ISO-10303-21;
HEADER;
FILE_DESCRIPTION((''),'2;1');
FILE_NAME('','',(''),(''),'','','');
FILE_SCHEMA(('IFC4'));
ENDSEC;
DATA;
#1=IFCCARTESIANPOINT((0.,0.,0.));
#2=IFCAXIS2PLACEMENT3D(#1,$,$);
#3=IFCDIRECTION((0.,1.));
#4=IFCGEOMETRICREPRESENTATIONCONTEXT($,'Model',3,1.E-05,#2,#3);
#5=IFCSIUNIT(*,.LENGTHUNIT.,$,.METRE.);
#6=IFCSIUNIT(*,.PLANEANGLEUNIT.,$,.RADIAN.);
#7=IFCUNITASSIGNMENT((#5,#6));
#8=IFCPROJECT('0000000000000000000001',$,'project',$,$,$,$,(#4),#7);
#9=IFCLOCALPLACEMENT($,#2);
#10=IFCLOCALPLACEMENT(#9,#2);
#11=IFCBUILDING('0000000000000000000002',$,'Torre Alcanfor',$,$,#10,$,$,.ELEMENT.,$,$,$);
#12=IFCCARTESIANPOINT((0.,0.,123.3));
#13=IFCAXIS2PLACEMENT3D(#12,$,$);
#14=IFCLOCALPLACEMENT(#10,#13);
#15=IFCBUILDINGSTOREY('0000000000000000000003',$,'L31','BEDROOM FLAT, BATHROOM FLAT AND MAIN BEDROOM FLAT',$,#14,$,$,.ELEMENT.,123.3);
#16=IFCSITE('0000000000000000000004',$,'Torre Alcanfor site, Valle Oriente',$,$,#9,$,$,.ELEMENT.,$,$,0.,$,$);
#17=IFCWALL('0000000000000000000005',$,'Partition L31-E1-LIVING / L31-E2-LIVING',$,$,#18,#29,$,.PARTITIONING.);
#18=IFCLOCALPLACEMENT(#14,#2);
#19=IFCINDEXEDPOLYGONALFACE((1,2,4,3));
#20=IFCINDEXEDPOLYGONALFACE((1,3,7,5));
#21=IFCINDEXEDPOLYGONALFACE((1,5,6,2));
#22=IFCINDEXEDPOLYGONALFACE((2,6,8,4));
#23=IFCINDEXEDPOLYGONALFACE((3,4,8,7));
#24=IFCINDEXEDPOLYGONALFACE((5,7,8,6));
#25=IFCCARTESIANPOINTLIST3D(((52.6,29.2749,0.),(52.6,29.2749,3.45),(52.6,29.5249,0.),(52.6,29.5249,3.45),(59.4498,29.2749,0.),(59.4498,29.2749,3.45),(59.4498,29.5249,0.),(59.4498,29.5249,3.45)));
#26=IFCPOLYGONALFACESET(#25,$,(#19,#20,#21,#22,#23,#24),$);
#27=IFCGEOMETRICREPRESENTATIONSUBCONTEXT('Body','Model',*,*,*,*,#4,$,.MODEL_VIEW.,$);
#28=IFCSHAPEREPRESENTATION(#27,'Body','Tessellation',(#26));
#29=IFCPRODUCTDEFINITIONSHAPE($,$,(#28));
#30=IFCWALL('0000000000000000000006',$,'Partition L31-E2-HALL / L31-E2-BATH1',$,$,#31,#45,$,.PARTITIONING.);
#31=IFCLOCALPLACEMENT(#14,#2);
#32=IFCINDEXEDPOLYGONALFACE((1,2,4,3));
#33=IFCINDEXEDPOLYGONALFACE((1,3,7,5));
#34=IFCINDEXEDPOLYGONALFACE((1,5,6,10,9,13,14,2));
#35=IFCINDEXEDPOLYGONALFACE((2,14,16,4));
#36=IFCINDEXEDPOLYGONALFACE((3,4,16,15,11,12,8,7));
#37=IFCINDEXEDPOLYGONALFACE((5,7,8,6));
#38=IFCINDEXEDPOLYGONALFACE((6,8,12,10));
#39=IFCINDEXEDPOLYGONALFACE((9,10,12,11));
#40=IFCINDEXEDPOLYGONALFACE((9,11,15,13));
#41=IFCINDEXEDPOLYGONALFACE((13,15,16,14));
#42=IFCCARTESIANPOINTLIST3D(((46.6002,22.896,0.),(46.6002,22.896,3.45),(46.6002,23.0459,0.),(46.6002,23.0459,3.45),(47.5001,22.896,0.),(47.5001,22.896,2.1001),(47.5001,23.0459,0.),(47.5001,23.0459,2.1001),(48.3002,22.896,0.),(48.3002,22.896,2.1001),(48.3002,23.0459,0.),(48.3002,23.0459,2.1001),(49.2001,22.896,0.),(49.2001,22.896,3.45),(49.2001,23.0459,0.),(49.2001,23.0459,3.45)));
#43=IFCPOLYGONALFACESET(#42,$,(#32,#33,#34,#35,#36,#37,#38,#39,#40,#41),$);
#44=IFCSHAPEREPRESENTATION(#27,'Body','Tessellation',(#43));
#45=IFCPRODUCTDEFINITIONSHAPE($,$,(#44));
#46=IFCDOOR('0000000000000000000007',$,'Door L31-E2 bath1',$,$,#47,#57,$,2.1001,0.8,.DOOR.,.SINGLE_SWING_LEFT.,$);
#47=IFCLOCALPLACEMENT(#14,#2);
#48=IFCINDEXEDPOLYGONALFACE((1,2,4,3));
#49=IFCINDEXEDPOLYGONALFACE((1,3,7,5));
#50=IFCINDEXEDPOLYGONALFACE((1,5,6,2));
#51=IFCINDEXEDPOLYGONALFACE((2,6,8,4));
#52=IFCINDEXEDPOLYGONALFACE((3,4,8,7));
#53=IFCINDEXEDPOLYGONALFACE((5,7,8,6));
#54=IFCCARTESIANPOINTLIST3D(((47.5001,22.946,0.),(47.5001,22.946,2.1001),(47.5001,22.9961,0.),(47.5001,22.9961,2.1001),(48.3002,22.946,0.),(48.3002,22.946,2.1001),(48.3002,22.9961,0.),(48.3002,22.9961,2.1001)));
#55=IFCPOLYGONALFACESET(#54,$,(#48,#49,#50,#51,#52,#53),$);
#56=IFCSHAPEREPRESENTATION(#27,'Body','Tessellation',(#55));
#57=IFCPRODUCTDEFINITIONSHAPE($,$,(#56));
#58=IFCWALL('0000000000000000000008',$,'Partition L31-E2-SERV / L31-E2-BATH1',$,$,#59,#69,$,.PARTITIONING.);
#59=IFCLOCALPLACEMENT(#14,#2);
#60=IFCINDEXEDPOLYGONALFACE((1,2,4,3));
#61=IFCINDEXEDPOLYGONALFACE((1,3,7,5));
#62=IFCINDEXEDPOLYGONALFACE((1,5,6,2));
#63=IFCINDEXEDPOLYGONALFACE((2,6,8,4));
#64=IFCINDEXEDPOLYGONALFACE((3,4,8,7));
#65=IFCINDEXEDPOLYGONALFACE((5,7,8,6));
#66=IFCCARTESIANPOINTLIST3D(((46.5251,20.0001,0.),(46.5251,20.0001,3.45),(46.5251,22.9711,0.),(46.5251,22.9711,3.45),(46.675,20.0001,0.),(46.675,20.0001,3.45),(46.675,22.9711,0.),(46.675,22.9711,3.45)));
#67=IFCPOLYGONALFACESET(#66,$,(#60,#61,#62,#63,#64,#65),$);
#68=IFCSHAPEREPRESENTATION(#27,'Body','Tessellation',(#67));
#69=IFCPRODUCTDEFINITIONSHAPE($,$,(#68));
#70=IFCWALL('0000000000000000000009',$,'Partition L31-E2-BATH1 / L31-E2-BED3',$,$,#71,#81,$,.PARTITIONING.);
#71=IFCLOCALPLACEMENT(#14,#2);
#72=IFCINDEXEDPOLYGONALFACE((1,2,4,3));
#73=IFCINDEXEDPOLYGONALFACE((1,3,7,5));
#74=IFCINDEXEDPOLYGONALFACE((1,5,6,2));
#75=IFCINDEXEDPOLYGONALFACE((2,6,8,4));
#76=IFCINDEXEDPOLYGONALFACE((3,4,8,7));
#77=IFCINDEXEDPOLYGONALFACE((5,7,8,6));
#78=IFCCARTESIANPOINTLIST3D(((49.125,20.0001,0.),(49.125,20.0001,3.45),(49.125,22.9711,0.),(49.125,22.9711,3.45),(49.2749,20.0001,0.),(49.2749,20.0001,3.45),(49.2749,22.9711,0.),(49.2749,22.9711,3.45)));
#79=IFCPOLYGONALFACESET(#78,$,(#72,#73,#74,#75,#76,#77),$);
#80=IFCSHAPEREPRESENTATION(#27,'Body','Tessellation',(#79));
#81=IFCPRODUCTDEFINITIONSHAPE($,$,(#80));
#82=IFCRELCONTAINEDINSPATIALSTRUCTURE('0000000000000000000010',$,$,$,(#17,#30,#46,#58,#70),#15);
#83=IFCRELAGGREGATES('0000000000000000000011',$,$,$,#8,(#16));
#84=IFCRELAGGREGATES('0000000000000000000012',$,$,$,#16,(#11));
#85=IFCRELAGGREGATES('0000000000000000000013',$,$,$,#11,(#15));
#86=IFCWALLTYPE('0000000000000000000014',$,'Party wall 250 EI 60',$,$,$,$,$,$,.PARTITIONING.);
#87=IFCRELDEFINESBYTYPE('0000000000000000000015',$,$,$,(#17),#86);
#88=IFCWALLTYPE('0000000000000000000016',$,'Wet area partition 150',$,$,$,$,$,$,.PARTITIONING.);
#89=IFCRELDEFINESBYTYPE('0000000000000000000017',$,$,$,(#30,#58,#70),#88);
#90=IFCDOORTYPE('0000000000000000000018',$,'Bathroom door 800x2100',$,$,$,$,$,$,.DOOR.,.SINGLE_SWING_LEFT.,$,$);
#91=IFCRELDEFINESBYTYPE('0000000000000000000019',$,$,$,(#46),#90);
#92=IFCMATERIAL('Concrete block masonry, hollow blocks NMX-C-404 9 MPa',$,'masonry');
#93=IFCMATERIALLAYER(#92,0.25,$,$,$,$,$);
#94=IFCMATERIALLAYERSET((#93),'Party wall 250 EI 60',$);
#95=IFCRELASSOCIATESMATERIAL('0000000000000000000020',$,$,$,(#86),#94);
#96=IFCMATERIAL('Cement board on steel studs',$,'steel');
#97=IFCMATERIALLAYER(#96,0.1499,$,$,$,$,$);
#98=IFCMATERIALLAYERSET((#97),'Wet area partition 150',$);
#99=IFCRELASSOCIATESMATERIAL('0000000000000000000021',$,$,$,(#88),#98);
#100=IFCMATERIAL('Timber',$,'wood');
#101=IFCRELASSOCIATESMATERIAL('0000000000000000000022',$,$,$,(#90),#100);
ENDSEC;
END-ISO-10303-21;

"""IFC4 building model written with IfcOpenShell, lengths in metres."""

from ifc_helpers import new_model, si_unit, direction, frame, frame_2d, origin, place, context, subcontext, project, spatial, rectangle, extrude, material, layer, layer_set, type_object, element, fill, save


model = new_model("IFC4")

# Units and contexts
model_context = context("Model", 3, precision=1e-05, world=origin(), true_north=direction((0.0, 1.0)))
body_context = subcontext(model_context, "Body", "Model", "MODEL_VIEW")
ifc_project = project(units=[si_unit("LENGTHUNIT", "METRE"), si_unit("PLANEANGLEUNIT", "RADIAN")], contexts=[model_context])

# Site, building, storey
site_placement = place(None, origin())
site = spatial("IfcSite", under=ifc_project, at=site_placement, Name="Torre Alcanfor site, Valle Oriente", CompositionType="ELEMENT", RefElevation=0.0)
building_placement = place(site_placement, origin())
building = spatial("IfcBuilding", under=site, at=building_placement, Name="Torre Alcanfor", CompositionType="ELEMENT")
storey_placement = place(building_placement, frame((0.0, 0.0, 123.3)))
storey = spatial("IfcBuildingStorey", under=building, at=storey_placement, Name="L31", Description="BEDROOM FLAT, BATHROOM FLAT AND MAIN BEDROOM FLAT", CompositionType="ELEMENT", Elevation=123.3)

# Wall
ifc_material_1 = material(Name="Concrete block masonry, hollow blocks NMX-C-404 9 MPa", Category="masonry")
ifc_layer_1 = layer(ifc_material_1, 0.25)
ifc_layer_set_1 = layer_set([ifc_layer_1], Name="Party wall 250 EI 60")
wall_type_1 = type_object("IfcWallType", Name="Party wall 250 EI 60", PredefinedType="PARTITIONING", material=ifc_layer_set_1)
wall_1_placement = place(storey_placement, frame((52.6001, 29.3999, 0.0), z_axis=(0.0, 0.0, 1.0), x_axis=(1.0, 0.0, 0.0)))
element("IfcWall", 1, at=wall_1_placement, inside=storey, type_object=wall_type_1, Name="Partition L31-E1-LIVING / L31-E2-LIVING", PredefinedType="PARTITIONING", context=body_context, shape_type="SweptSolid", body=[
    extrude(rectangle(XDim=6.8499, YDim=0.25, at=frame_2d((3.4248, 0.0))), origin(), (0.0, 0.0, 1.0), 3.45),
])

# Wall, opening, door
ifc_material_2 = material(Name="Cement board on steel studs", Category="steel")
ifc_layer_2 = layer(ifc_material_2, 0.1499)
ifc_layer_set_2 = layer_set([ifc_layer_2], Name="Wet area partition 150")
wall_type_2 = type_object("IfcWallType", Name="Wet area partition 150", PredefinedType="PARTITIONING", material=ifc_layer_set_2)
wall_2_placement = place(storey_placement, frame((49.2, 22.9709, 0.0), z_axis=(0.0, 0.0, 1.0), x_axis=(-1.0, 0.0, 0.0)))
wall_2 = element("IfcWall", 2, at=wall_2_placement, inside=storey, type_object=wall_type_2, Name="Partition L31-E2-HALL / L31-E2-BATH1", PredefinedType="PARTITIONING", context=body_context, shape_type="SweptSolid", body=[
    extrude(rectangle(XDim=2.5999, YDim=0.1499, at=frame_2d((1.2998, 0.0))), origin(), (0.0, 0.0, 1.0), 3.45),
])
opening_1_placement = place(wall_2_placement, frame((0.8999, 0.0, 0.0)))
opening_1 = element("IfcOpeningElement", 3, at=opening_1_placement, cuts=wall_2, PredefinedType="OPENING", context=body_context, shape_type="SweptSolid", body=[
    extrude(rectangle(XDim=0.8, YDim=2.1001, at=frame_2d((0.3999, 1.05))), frame((0.0, 0.085, 0.0), z_axis=(0.0, -1.0, 0.0), x_axis=(1.0, 0.0, 0.0)), (0.0, 0.0, 1.0), 0.1699),
])
ifc_material_3 = material(Name="Timber", Category="wood")
door_type_1 = type_object("IfcDoorType", Name="Bathroom door 800x2100", OperationType="SINGLE_SWING_LEFT", PredefinedType="DOOR", material=ifc_material_3)
door_1_placement = place(opening_1_placement, origin())
door_1 = element("IfcDoor", 4, at=door_1_placement, inside=storey, type_object=door_type_1, Name="Door L31-E2 bath1", OperationType="SINGLE_SWING_LEFT", OverallHeight=2.1001, OverallWidth=0.8, PredefinedType="DOOR", context=body_context, shape_type="SweptSolid", body=[
    extrude(rectangle(XDim=0.8, YDim=2.1001, at=frame_2d((0.3999, 1.05))), frame((0.0, 0.0249, 0.0), z_axis=(0.0, -1.0, 0.0), x_axis=(1.0, 0.0, 0.0)), (0.0, 0.0, 1.0), 0.05),
])
fill(opening_1, door_1)

# Walls
for number, where, z_axis, x_axis, name in (
    (5, (46.6001, 22.9709, 0.0), (0.0, 0.0, 1.0), (0.0, -1.0, 0.0), "Partition L31-E2-SERV / L31-E2-BATH1"),
    (6, (49.2, 22.9709, 0.0), (0.0, 0.0, 1.0), (0.0, -1.0, 0.0), "Partition L31-E2-BATH1 / L31-E2-BED3"),
):
    element("IfcWall", number, at=place(storey_placement, frame(where, z_axis=z_axis, x_axis=x_axis)), inside=storey, type_object=wall_type_2, Name=name, PredefinedType="PARTITIONING", context=body_context, shape_type="SweptSolid", body=[
        extrude(rectangle(XDim=2.9709, YDim=0.1499, at=frame_2d((1.4854, 0.0))), origin(), (0.0, 0.0, 1.0), 3.45),
    ])

save(model, "model.ifc")
